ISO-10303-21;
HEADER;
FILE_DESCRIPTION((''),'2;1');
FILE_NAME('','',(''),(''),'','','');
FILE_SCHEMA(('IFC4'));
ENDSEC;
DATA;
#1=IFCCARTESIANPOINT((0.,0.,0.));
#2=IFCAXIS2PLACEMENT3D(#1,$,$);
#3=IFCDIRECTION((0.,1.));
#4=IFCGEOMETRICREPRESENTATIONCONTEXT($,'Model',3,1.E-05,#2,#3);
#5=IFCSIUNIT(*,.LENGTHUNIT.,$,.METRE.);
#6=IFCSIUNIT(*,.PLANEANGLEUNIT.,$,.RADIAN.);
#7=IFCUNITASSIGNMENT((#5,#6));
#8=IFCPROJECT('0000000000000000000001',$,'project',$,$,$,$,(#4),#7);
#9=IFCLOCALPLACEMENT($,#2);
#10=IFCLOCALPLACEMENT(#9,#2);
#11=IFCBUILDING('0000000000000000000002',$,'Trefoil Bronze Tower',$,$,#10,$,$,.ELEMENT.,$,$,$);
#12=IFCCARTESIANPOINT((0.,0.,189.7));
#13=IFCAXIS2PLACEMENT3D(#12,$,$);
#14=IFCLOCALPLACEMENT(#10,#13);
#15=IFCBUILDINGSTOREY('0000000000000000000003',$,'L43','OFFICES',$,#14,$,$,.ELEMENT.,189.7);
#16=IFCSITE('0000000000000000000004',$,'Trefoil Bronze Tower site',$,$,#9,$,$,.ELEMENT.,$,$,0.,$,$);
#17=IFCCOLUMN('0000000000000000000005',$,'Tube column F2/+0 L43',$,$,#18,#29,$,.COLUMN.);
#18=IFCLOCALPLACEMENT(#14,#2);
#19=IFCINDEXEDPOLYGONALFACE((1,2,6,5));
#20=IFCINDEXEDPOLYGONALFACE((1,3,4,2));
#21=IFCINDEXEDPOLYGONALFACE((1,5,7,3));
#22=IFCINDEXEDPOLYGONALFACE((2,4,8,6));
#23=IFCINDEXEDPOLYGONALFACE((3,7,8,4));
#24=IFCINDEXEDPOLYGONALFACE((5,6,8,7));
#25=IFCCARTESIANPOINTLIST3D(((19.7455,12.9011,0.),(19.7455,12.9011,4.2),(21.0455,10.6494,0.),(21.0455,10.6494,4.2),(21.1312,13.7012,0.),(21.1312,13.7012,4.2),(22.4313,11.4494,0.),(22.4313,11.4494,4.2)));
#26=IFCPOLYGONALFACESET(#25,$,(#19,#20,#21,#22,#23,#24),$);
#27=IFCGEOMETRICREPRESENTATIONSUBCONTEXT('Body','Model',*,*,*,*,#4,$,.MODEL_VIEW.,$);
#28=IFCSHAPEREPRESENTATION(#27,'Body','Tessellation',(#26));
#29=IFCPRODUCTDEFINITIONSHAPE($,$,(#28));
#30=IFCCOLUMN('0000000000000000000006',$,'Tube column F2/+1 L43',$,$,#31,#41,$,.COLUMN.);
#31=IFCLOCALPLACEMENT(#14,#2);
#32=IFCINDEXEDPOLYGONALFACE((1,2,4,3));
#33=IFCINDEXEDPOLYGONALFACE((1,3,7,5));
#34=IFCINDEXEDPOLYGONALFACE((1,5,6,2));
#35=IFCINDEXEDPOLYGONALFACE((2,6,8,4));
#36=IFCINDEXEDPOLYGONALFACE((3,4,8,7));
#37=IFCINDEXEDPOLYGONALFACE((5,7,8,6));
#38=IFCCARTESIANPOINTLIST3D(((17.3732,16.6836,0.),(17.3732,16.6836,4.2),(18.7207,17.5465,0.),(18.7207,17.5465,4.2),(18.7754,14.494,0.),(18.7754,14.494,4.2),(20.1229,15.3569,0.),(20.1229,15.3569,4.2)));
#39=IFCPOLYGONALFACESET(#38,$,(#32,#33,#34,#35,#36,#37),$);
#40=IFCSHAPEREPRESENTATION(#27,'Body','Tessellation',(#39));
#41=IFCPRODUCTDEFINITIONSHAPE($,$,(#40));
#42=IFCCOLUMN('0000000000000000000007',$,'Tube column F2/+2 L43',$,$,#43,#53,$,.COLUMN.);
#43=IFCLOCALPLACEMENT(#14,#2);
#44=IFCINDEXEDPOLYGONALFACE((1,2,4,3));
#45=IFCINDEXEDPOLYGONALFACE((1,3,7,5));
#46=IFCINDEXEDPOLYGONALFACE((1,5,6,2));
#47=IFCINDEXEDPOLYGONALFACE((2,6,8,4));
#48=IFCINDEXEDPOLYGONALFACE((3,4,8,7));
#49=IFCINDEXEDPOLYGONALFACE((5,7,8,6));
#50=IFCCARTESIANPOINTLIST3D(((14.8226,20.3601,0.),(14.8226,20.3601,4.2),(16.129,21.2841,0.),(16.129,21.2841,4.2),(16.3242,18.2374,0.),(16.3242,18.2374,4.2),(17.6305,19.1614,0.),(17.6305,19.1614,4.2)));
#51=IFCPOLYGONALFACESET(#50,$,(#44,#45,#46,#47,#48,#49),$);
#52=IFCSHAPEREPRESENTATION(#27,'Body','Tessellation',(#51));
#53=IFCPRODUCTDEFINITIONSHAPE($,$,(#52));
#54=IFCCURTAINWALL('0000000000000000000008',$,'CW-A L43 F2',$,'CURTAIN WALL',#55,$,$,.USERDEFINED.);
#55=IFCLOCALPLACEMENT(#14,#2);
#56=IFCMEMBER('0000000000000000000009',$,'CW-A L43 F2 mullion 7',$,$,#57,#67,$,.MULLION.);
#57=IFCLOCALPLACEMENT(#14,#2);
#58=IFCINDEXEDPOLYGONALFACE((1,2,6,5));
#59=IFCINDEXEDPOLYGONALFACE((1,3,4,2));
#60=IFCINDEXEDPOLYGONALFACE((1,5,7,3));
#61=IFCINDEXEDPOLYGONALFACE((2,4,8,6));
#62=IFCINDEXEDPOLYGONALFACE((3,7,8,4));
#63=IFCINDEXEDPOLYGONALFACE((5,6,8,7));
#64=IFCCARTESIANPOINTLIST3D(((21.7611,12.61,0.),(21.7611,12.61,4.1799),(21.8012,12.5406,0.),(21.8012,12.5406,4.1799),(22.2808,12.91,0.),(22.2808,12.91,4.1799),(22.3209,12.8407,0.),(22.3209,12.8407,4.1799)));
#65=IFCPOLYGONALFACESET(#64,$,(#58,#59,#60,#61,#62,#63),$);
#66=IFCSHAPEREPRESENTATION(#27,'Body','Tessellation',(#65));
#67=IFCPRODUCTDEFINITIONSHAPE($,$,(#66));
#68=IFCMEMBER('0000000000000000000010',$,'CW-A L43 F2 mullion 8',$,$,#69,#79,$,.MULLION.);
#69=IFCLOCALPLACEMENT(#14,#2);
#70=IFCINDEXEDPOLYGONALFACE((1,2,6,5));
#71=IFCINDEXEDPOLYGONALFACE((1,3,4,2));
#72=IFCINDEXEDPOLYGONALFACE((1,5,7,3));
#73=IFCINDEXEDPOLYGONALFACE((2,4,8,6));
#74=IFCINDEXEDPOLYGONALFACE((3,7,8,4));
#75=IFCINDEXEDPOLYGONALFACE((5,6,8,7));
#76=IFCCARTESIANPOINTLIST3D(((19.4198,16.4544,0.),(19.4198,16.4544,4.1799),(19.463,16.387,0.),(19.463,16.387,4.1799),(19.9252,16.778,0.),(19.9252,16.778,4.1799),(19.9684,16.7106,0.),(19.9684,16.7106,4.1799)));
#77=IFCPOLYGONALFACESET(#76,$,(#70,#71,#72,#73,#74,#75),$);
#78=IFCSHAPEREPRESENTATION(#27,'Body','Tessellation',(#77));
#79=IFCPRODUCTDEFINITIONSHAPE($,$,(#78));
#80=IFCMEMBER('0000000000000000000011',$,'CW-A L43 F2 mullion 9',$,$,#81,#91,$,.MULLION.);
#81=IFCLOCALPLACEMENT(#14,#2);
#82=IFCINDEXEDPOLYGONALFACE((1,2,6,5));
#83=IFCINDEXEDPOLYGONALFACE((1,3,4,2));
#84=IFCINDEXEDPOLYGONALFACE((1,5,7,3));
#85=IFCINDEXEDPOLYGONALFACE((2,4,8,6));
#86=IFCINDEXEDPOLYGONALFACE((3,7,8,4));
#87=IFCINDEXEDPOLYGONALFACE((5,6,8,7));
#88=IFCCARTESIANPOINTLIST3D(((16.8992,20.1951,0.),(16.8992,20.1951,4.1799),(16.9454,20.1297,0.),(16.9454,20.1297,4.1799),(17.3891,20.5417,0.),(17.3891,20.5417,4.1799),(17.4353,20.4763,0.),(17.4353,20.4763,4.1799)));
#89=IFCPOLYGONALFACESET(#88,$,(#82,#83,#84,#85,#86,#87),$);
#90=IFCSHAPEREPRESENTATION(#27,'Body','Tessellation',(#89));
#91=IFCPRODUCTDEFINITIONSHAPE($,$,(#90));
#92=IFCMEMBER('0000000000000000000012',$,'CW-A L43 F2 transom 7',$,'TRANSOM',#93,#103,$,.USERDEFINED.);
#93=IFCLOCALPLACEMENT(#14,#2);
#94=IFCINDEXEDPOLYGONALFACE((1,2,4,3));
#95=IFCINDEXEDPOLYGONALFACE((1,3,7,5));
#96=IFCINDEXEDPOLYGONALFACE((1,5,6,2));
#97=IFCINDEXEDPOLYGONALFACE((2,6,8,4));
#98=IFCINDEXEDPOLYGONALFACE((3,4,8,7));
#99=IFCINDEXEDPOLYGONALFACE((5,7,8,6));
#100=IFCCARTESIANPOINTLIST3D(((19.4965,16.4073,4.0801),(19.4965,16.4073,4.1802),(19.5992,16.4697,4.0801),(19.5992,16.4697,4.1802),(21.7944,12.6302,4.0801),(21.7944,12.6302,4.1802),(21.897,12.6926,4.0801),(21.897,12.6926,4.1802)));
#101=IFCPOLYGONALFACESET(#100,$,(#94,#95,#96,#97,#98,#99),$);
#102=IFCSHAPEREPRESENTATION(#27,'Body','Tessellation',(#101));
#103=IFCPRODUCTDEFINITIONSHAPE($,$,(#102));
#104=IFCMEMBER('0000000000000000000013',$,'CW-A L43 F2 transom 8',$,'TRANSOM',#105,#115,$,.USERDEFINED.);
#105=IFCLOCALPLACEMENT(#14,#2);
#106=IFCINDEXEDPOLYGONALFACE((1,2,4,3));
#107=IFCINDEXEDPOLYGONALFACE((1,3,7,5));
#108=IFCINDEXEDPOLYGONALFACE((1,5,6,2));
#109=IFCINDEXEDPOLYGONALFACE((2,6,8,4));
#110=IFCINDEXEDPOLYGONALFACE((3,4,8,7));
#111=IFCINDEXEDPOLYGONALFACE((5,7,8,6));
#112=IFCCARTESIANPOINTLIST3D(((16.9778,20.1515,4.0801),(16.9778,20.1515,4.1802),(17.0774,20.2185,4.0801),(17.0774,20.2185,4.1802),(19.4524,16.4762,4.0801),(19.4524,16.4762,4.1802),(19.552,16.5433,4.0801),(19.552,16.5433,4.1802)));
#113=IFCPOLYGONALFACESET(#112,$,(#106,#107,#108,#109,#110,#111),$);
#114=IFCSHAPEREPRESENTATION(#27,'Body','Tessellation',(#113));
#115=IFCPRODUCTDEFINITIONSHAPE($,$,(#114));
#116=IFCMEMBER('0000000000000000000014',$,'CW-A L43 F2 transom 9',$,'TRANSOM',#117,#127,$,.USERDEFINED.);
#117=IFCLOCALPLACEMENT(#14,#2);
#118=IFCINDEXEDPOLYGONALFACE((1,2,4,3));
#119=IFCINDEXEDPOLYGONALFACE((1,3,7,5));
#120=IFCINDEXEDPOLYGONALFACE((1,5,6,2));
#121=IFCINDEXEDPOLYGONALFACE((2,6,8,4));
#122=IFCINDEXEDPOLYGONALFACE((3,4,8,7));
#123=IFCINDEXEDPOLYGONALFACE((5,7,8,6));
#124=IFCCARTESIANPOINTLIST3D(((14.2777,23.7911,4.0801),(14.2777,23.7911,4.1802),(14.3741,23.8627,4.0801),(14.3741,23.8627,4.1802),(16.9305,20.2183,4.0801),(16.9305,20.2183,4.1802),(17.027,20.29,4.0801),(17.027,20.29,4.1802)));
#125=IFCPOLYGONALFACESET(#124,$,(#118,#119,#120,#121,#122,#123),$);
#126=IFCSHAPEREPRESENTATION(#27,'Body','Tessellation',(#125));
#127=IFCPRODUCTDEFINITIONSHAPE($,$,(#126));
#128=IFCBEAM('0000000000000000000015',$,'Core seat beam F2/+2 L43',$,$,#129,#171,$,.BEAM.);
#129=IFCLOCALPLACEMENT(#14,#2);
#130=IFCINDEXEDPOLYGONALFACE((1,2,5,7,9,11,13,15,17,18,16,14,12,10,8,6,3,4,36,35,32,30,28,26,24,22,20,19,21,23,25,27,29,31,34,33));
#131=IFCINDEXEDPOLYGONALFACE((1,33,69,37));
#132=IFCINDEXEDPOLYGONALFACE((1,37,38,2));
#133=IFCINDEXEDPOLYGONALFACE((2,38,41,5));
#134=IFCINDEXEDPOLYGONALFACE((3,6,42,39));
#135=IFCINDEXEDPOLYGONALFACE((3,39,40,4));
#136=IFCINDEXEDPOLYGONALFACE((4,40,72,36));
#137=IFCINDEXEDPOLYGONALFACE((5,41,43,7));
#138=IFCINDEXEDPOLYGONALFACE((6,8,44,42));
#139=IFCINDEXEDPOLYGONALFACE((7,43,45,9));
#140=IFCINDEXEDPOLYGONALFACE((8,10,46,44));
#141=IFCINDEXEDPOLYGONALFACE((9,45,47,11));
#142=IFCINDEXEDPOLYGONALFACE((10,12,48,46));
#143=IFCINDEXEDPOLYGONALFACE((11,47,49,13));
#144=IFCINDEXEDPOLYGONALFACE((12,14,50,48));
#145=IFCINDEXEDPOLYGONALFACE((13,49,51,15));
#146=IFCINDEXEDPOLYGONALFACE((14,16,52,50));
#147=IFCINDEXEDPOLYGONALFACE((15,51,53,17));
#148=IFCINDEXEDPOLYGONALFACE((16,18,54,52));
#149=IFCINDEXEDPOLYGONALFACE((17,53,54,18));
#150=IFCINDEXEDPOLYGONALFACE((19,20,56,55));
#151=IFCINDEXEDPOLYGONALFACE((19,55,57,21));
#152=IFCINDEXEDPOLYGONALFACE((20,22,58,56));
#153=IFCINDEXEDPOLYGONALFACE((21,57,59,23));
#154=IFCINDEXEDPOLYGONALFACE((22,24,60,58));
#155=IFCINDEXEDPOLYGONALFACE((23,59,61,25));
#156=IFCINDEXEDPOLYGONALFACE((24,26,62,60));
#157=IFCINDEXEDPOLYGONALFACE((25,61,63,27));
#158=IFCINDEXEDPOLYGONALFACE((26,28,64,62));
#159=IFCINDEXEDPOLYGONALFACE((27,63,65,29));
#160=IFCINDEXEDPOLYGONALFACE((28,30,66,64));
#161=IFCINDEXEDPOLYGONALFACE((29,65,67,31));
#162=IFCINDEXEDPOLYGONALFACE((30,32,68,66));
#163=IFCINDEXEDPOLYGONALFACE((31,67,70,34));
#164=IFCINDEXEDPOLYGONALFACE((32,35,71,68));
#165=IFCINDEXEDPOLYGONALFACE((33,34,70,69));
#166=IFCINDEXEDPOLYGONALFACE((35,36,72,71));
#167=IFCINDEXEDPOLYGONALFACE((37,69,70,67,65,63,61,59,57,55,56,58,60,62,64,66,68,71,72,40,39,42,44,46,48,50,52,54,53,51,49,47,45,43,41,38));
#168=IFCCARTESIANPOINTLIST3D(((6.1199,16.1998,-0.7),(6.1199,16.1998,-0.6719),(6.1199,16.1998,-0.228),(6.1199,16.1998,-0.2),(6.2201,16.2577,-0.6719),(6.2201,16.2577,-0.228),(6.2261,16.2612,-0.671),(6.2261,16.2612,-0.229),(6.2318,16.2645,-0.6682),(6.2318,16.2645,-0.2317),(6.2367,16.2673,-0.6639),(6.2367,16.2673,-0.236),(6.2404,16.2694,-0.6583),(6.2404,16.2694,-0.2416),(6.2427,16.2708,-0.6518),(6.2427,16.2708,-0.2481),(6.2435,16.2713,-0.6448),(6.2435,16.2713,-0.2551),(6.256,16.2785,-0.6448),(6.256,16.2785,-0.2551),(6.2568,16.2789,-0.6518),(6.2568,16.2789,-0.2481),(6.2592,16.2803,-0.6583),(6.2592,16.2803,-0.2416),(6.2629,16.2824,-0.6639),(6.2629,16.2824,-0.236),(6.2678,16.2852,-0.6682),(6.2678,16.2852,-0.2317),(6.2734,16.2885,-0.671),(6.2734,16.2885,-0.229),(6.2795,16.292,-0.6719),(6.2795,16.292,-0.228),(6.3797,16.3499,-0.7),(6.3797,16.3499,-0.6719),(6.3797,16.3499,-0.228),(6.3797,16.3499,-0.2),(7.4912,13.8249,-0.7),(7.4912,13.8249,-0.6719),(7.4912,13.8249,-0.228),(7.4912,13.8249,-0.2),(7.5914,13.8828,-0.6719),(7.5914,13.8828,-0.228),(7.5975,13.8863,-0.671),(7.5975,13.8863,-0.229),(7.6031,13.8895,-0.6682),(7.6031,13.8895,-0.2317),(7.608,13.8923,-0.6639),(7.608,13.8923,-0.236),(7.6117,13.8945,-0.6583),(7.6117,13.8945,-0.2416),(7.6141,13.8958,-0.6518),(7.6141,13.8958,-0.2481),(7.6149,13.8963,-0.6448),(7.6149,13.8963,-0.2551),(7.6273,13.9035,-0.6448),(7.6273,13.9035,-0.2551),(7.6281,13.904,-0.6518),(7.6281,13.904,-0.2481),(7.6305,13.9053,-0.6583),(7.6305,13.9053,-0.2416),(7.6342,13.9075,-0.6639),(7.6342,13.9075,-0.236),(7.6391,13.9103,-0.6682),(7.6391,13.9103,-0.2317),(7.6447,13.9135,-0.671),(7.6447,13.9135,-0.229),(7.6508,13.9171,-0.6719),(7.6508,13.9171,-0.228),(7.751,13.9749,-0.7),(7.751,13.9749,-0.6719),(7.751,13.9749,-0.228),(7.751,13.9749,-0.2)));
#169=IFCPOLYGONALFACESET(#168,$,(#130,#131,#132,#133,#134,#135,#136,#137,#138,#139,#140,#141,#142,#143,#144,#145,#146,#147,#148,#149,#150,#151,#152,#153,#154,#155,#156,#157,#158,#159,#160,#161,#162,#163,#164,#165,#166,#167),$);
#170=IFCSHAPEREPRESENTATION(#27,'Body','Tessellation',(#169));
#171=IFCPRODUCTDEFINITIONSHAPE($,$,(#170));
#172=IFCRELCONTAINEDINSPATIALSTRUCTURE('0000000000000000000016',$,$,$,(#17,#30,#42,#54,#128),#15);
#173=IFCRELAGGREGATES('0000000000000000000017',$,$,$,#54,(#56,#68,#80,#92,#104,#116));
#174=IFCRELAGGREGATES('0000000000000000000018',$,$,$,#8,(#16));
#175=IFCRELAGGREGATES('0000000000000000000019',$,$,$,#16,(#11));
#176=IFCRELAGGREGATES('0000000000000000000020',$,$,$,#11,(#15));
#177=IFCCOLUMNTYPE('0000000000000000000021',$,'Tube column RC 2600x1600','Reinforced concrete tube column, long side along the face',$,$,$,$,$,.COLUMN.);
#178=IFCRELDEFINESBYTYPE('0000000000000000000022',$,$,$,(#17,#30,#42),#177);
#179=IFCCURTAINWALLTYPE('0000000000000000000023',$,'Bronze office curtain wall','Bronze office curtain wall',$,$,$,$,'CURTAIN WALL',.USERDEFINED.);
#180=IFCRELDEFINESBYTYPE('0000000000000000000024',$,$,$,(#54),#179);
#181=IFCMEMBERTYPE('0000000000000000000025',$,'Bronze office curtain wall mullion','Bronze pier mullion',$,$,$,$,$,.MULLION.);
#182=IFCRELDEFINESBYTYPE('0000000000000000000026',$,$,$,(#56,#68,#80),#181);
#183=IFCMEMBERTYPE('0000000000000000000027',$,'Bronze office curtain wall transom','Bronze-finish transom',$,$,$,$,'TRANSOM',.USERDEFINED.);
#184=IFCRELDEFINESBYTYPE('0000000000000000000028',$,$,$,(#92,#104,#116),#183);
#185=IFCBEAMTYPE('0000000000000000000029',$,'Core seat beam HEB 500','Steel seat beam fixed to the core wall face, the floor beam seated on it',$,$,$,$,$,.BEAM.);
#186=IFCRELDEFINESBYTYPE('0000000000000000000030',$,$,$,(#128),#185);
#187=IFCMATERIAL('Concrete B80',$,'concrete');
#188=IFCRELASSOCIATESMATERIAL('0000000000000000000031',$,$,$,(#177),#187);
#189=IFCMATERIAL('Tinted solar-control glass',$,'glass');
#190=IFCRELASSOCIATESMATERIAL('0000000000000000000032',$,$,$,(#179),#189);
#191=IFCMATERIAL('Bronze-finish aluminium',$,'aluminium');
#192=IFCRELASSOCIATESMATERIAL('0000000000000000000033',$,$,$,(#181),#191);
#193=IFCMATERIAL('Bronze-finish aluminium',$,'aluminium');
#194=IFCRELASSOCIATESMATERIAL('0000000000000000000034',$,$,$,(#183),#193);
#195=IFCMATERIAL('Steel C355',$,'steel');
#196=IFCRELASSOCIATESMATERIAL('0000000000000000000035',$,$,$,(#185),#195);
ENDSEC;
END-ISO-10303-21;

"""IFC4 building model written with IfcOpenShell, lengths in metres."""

from ifc_helpers import new_model, si_unit, direction, frame, origin, origin_2d, place, context, subcontext, project, spatial, rectangle, i_section, extrude, material, material_profile, profile_set, type_object, element, aggregate, save


model = new_model("IFC4")

# Units and contexts
model_context = context("Model", 3, precision=1e-05, world=origin(), true_north=direction((0.0, 1.0)))
body_context = subcontext(model_context, "Body", "Model", "MODEL_VIEW")
ifc_project = project(units=[si_unit("LENGTHUNIT", "METRE"), si_unit("PLANEANGLEUNIT", "RADIAN")], contexts=[model_context])

# Site, building, storey
site_placement = place(None, origin())
site = spatial("IfcSite", under=ifc_project, at=site_placement, Name="Trefoil Bronze Tower site", CompositionType="ELEMENT", RefElevation=0.0)
building_placement = place(site_placement, origin())
building = spatial("IfcBuilding", under=site, at=building_placement, Name="Trefoil Bronze Tower", CompositionType="ELEMENT")
storey_placement = place(building_placement, frame((0.0, 0.0, 189.7)))
storey = spatial("IfcBuildingStorey", under=building, at=storey_placement, Name="L43", Description="OFFICES", CompositionType="ELEMENT", Elevation=189.7)

# Columns
ifc_material_1 = material(Name="Concrete B80", Category="concrete")
ifc_material_profile_1 = material_profile(ifc_material_1, rectangle(XDim=2.6001, YDim=1.6001, at=origin_2d()), Name="RC 2600x1600")
ifc_profile_set_1 = profile_set([ifc_material_profile_1], Name="Concrete B80")
column_type = type_object("IfcColumnType", Name="Tube column RC 2600x1600", Description="Reinforced concrete tube column, long side along the face", PredefinedType="COLUMN", material=ifc_profile_set_1)
for number, where, z_axis, x_axis, name in (
    (1, (21.0884, 12.1753, 0.0), (0.0, 0.0, 1.0), (-0.5, 0.866025, 0.0), "Tube column F2/+0 L43"),
    (2, (18.748, 16.0203, 0.0), (0.0, 0.0, 1.0), (-0.53927, 0.842133, 0.0), "Tube column F2/+1 L43"),
    (3, (16.2266, 19.7607, 0.0), (0.0, 0.0, 1.0), (-0.577481, 0.816404, 0.0), "Tube column F2/+2 L43"),
):
    element("IfcColumn", number, at=place(storey_placement, frame(where, z_axis=z_axis, x_axis=x_axis)), inside=storey, type_object=column_type, Name=name, PredefinedType="COLUMN", context=body_context, shape_type="SweptSolid", body=[
        extrude(rectangle(XDim=2.6001, YDim=1.6001, at=origin_2d()), origin(), (0.0, 0.0, 1.0), 4.2),
    ])

# Curtain wall, members
ifc_material_2 = material(Name="Tinted solar-control glass", Category="glass")
curtain_wall_type = type_object("IfcCurtainWallType", Name="Bronze office curtain wall", Description="Bronze office curtain wall", ElementType="CURTAIN WALL", PredefinedType="USERDEFINED", material=ifc_material_2)
curtain_wall_placement = place(storey_placement, origin())
curtain_wall = element("IfcCurtainWall", 4, at=curtain_wall_placement, inside=storey, type_object=curtain_wall_type, Name="CW-A L43 F2", ObjectType="CURTAIN WALL", PredefinedType="USERDEFINED")
ifc_material_3 = material(Name="Bronze-finish aluminium", Category="aluminium")
ifc_material_profile_2 = material_profile(ifc_material_3, rectangle(XDim=0.6001, YDim=0.0801, at=origin_2d()), Name="CW-A mullion")
ifc_profile_set_2 = profile_set([ifc_material_profile_2], Name="Bronze-finish aluminium")
member_type_1 = type_object("IfcMemberType", Name="Bronze office curtain wall mullion", Description="Bronze pier mullion", PredefinedType="MULLION", material=ifc_profile_set_2)
member_1_placement = place(storey_placement, frame((22.041, 12.7253, 0.0), z_axis=(0.0, 0.0, 1.0), x_axis=(-0.866025, -0.5, 0.0)))
member_1 = element("IfcMember", 5, at=member_1_placement, type_object=member_type_1, Name="CW-A L43 F2 mullion 7", PredefinedType="MULLION", context=body_context, shape_type="SweptSolid", body=[
    extrude(rectangle(XDim=0.6001, YDim=0.0801, at=origin_2d()), origin(), (0.0, 0.0, 1.0), 4.1799),
])
member_2_placement = place(storey_placement, frame((19.6941, 16.5825, 0.0), z_axis=(0.0, 0.0, 1.0), x_axis=(-0.842133, -0.53927, 0.0)))
member_2 = element("IfcMember", 6, at=member_2_placement, type_object=member_type_1, Name="CW-A L43 F2 mullion 8", PredefinedType="MULLION", context=body_context, shape_type="SweptSolid", body=[
    extrude(rectangle(XDim=0.6001, YDim=0.0801, at=origin_2d()), origin(), (0.0, 0.0, 1.0), 4.1799),
])
member_3_placement = place(storey_placement, frame((17.1672, 20.3357, 0.0), z_axis=(0.0, 0.0, 1.0), x_axis=(-0.816404, -0.577481, 0.0)))
member_3 = element("IfcMember", 7, at=member_3_placement, type_object=member_type_1, Name="CW-A L43 F2 mullion 9", PredefinedType="MULLION", context=body_context, shape_type="SweptSolid", body=[
    extrude(rectangle(XDim=0.6001, YDim=0.0801, at=origin_2d()), origin(), (0.0, 0.0, 1.0), 4.1799),
])
ifc_material_4 = material(Name="Bronze-finish aluminium", Category="aluminium")
ifc_material_profile_3 = material_profile(ifc_material_4, rectangle(XDim=0.1201, YDim=0.1001, at=origin_2d()), Name="CW-A transom")
ifc_profile_set_3 = profile_set([ifc_material_profile_3], Name="Bronze-finish aluminium")
member_type_2 = type_object("IfcMemberType", Name="Bronze office curtain wall transom", Description="Bronze-finish transom", ElementType="TRANSOM", PredefinedType="USERDEFINED", material=ifc_profile_set_3)
member_4_placement = place(storey_placement, frame((21.8457, 12.6614, 4.1301), z_axis=(-0.51974, 0.854324, 0.0), x_axis=(-0.854324, -0.51974, 0.0)))
member_4 = element("IfcMember", 8, at=member_4_placement, type_object=member_type_2, Name="CW-A L43 F2 transom 7", ObjectType="TRANSOM", PredefinedType="USERDEFINED", context=body_context, shape_type="SweptSolid", body=[
    extrude(rectangle(XDim=0.1201, YDim=0.1001, at=origin_2d()), origin(), (0.0, 0.0, 1.0), 4.4211),
])
member_5_placement = place(storey_placement, frame((19.5022, 16.5098, 4.1301), z_axis=(-0.558509, 0.829498, 0.0), x_axis=(-0.829498, -0.558509, 0.0)))
member_5 = element("IfcMember", 9, at=member_5_placement, type_object=member_type_2, Name="CW-A L43 F2 transom 8", ObjectType="TRANSOM", PredefinedType="USERDEFINED", context=body_context, shape_type="SweptSolid", body=[
    extrude(rectangle(XDim=0.1201, YDim=0.1001, at=origin_2d()), origin(), (0.0, 0.0, 1.0), 4.4307),
])
member_6_placement = place(storey_placement, frame((16.9788, 20.2542, 4.1301), z_axis=(-0.596148, 0.802874, 0.0), x_axis=(-0.802874, -0.596148, 0.0)))
member_6 = element("IfcMember", 10, at=member_6_placement, type_object=member_type_2, Name="CW-A L43 F2 transom 9", ObjectType="TRANSOM", PredefinedType="USERDEFINED", context=body_context, shape_type="SweptSolid", body=[
    extrude(rectangle(XDim=0.1201, YDim=0.1001, at=origin_2d()), origin(), (0.0, 0.0, 1.0), 4.45),
])

# Beam
ifc_material_5 = material(Name="Steel C355", Category="steel")
ifc_material_profile_4 = material_profile(ifc_material_5, i_section(OverallWidth=0.3, OverallDepth=0.5, WebThickness=0.0144, FlangeThickness=0.0281, FilletRadius=0.0271, at=origin_2d()), Name="HEB 500")
ifc_profile_set_4 = profile_set([ifc_material_profile_4], Name="Steel C355")
beam_type_1 = type_object("IfcBeamType", Name="Core seat beam HEB 500", Description="Steel seat beam fixed to the core wall face, the floor beam seated on it", PredefinedType="BEAM", material=ifc_profile_set_4)
beam_1_placement = place(storey_placement, frame((7.6211, 13.8999, -0.45), z_axis=(-0.500036, 0.866005, 0.0), x_axis=(-0.866005, -0.500036, 0.0)))
element("IfcBeam", 11, at=beam_1_placement, inside=storey, type_object=beam_type_1, Name="Core seat beam F2/+2 L43", PredefinedType="BEAM", context=body_context, shape_type="SweptSolid", body=[
    extrude(i_section(OverallWidth=0.3, OverallDepth=0.5, WebThickness=0.0144, FlangeThickness=0.0281, FilletRadius=0.0271, at=origin_2d()), origin(), (0.0, 0.0, 1.0), 2.7424),
])

aggregate(curtain_wall, [member_1, member_2, member_3, member_4, member_5, member_6])

save(model, "model.ifc")
